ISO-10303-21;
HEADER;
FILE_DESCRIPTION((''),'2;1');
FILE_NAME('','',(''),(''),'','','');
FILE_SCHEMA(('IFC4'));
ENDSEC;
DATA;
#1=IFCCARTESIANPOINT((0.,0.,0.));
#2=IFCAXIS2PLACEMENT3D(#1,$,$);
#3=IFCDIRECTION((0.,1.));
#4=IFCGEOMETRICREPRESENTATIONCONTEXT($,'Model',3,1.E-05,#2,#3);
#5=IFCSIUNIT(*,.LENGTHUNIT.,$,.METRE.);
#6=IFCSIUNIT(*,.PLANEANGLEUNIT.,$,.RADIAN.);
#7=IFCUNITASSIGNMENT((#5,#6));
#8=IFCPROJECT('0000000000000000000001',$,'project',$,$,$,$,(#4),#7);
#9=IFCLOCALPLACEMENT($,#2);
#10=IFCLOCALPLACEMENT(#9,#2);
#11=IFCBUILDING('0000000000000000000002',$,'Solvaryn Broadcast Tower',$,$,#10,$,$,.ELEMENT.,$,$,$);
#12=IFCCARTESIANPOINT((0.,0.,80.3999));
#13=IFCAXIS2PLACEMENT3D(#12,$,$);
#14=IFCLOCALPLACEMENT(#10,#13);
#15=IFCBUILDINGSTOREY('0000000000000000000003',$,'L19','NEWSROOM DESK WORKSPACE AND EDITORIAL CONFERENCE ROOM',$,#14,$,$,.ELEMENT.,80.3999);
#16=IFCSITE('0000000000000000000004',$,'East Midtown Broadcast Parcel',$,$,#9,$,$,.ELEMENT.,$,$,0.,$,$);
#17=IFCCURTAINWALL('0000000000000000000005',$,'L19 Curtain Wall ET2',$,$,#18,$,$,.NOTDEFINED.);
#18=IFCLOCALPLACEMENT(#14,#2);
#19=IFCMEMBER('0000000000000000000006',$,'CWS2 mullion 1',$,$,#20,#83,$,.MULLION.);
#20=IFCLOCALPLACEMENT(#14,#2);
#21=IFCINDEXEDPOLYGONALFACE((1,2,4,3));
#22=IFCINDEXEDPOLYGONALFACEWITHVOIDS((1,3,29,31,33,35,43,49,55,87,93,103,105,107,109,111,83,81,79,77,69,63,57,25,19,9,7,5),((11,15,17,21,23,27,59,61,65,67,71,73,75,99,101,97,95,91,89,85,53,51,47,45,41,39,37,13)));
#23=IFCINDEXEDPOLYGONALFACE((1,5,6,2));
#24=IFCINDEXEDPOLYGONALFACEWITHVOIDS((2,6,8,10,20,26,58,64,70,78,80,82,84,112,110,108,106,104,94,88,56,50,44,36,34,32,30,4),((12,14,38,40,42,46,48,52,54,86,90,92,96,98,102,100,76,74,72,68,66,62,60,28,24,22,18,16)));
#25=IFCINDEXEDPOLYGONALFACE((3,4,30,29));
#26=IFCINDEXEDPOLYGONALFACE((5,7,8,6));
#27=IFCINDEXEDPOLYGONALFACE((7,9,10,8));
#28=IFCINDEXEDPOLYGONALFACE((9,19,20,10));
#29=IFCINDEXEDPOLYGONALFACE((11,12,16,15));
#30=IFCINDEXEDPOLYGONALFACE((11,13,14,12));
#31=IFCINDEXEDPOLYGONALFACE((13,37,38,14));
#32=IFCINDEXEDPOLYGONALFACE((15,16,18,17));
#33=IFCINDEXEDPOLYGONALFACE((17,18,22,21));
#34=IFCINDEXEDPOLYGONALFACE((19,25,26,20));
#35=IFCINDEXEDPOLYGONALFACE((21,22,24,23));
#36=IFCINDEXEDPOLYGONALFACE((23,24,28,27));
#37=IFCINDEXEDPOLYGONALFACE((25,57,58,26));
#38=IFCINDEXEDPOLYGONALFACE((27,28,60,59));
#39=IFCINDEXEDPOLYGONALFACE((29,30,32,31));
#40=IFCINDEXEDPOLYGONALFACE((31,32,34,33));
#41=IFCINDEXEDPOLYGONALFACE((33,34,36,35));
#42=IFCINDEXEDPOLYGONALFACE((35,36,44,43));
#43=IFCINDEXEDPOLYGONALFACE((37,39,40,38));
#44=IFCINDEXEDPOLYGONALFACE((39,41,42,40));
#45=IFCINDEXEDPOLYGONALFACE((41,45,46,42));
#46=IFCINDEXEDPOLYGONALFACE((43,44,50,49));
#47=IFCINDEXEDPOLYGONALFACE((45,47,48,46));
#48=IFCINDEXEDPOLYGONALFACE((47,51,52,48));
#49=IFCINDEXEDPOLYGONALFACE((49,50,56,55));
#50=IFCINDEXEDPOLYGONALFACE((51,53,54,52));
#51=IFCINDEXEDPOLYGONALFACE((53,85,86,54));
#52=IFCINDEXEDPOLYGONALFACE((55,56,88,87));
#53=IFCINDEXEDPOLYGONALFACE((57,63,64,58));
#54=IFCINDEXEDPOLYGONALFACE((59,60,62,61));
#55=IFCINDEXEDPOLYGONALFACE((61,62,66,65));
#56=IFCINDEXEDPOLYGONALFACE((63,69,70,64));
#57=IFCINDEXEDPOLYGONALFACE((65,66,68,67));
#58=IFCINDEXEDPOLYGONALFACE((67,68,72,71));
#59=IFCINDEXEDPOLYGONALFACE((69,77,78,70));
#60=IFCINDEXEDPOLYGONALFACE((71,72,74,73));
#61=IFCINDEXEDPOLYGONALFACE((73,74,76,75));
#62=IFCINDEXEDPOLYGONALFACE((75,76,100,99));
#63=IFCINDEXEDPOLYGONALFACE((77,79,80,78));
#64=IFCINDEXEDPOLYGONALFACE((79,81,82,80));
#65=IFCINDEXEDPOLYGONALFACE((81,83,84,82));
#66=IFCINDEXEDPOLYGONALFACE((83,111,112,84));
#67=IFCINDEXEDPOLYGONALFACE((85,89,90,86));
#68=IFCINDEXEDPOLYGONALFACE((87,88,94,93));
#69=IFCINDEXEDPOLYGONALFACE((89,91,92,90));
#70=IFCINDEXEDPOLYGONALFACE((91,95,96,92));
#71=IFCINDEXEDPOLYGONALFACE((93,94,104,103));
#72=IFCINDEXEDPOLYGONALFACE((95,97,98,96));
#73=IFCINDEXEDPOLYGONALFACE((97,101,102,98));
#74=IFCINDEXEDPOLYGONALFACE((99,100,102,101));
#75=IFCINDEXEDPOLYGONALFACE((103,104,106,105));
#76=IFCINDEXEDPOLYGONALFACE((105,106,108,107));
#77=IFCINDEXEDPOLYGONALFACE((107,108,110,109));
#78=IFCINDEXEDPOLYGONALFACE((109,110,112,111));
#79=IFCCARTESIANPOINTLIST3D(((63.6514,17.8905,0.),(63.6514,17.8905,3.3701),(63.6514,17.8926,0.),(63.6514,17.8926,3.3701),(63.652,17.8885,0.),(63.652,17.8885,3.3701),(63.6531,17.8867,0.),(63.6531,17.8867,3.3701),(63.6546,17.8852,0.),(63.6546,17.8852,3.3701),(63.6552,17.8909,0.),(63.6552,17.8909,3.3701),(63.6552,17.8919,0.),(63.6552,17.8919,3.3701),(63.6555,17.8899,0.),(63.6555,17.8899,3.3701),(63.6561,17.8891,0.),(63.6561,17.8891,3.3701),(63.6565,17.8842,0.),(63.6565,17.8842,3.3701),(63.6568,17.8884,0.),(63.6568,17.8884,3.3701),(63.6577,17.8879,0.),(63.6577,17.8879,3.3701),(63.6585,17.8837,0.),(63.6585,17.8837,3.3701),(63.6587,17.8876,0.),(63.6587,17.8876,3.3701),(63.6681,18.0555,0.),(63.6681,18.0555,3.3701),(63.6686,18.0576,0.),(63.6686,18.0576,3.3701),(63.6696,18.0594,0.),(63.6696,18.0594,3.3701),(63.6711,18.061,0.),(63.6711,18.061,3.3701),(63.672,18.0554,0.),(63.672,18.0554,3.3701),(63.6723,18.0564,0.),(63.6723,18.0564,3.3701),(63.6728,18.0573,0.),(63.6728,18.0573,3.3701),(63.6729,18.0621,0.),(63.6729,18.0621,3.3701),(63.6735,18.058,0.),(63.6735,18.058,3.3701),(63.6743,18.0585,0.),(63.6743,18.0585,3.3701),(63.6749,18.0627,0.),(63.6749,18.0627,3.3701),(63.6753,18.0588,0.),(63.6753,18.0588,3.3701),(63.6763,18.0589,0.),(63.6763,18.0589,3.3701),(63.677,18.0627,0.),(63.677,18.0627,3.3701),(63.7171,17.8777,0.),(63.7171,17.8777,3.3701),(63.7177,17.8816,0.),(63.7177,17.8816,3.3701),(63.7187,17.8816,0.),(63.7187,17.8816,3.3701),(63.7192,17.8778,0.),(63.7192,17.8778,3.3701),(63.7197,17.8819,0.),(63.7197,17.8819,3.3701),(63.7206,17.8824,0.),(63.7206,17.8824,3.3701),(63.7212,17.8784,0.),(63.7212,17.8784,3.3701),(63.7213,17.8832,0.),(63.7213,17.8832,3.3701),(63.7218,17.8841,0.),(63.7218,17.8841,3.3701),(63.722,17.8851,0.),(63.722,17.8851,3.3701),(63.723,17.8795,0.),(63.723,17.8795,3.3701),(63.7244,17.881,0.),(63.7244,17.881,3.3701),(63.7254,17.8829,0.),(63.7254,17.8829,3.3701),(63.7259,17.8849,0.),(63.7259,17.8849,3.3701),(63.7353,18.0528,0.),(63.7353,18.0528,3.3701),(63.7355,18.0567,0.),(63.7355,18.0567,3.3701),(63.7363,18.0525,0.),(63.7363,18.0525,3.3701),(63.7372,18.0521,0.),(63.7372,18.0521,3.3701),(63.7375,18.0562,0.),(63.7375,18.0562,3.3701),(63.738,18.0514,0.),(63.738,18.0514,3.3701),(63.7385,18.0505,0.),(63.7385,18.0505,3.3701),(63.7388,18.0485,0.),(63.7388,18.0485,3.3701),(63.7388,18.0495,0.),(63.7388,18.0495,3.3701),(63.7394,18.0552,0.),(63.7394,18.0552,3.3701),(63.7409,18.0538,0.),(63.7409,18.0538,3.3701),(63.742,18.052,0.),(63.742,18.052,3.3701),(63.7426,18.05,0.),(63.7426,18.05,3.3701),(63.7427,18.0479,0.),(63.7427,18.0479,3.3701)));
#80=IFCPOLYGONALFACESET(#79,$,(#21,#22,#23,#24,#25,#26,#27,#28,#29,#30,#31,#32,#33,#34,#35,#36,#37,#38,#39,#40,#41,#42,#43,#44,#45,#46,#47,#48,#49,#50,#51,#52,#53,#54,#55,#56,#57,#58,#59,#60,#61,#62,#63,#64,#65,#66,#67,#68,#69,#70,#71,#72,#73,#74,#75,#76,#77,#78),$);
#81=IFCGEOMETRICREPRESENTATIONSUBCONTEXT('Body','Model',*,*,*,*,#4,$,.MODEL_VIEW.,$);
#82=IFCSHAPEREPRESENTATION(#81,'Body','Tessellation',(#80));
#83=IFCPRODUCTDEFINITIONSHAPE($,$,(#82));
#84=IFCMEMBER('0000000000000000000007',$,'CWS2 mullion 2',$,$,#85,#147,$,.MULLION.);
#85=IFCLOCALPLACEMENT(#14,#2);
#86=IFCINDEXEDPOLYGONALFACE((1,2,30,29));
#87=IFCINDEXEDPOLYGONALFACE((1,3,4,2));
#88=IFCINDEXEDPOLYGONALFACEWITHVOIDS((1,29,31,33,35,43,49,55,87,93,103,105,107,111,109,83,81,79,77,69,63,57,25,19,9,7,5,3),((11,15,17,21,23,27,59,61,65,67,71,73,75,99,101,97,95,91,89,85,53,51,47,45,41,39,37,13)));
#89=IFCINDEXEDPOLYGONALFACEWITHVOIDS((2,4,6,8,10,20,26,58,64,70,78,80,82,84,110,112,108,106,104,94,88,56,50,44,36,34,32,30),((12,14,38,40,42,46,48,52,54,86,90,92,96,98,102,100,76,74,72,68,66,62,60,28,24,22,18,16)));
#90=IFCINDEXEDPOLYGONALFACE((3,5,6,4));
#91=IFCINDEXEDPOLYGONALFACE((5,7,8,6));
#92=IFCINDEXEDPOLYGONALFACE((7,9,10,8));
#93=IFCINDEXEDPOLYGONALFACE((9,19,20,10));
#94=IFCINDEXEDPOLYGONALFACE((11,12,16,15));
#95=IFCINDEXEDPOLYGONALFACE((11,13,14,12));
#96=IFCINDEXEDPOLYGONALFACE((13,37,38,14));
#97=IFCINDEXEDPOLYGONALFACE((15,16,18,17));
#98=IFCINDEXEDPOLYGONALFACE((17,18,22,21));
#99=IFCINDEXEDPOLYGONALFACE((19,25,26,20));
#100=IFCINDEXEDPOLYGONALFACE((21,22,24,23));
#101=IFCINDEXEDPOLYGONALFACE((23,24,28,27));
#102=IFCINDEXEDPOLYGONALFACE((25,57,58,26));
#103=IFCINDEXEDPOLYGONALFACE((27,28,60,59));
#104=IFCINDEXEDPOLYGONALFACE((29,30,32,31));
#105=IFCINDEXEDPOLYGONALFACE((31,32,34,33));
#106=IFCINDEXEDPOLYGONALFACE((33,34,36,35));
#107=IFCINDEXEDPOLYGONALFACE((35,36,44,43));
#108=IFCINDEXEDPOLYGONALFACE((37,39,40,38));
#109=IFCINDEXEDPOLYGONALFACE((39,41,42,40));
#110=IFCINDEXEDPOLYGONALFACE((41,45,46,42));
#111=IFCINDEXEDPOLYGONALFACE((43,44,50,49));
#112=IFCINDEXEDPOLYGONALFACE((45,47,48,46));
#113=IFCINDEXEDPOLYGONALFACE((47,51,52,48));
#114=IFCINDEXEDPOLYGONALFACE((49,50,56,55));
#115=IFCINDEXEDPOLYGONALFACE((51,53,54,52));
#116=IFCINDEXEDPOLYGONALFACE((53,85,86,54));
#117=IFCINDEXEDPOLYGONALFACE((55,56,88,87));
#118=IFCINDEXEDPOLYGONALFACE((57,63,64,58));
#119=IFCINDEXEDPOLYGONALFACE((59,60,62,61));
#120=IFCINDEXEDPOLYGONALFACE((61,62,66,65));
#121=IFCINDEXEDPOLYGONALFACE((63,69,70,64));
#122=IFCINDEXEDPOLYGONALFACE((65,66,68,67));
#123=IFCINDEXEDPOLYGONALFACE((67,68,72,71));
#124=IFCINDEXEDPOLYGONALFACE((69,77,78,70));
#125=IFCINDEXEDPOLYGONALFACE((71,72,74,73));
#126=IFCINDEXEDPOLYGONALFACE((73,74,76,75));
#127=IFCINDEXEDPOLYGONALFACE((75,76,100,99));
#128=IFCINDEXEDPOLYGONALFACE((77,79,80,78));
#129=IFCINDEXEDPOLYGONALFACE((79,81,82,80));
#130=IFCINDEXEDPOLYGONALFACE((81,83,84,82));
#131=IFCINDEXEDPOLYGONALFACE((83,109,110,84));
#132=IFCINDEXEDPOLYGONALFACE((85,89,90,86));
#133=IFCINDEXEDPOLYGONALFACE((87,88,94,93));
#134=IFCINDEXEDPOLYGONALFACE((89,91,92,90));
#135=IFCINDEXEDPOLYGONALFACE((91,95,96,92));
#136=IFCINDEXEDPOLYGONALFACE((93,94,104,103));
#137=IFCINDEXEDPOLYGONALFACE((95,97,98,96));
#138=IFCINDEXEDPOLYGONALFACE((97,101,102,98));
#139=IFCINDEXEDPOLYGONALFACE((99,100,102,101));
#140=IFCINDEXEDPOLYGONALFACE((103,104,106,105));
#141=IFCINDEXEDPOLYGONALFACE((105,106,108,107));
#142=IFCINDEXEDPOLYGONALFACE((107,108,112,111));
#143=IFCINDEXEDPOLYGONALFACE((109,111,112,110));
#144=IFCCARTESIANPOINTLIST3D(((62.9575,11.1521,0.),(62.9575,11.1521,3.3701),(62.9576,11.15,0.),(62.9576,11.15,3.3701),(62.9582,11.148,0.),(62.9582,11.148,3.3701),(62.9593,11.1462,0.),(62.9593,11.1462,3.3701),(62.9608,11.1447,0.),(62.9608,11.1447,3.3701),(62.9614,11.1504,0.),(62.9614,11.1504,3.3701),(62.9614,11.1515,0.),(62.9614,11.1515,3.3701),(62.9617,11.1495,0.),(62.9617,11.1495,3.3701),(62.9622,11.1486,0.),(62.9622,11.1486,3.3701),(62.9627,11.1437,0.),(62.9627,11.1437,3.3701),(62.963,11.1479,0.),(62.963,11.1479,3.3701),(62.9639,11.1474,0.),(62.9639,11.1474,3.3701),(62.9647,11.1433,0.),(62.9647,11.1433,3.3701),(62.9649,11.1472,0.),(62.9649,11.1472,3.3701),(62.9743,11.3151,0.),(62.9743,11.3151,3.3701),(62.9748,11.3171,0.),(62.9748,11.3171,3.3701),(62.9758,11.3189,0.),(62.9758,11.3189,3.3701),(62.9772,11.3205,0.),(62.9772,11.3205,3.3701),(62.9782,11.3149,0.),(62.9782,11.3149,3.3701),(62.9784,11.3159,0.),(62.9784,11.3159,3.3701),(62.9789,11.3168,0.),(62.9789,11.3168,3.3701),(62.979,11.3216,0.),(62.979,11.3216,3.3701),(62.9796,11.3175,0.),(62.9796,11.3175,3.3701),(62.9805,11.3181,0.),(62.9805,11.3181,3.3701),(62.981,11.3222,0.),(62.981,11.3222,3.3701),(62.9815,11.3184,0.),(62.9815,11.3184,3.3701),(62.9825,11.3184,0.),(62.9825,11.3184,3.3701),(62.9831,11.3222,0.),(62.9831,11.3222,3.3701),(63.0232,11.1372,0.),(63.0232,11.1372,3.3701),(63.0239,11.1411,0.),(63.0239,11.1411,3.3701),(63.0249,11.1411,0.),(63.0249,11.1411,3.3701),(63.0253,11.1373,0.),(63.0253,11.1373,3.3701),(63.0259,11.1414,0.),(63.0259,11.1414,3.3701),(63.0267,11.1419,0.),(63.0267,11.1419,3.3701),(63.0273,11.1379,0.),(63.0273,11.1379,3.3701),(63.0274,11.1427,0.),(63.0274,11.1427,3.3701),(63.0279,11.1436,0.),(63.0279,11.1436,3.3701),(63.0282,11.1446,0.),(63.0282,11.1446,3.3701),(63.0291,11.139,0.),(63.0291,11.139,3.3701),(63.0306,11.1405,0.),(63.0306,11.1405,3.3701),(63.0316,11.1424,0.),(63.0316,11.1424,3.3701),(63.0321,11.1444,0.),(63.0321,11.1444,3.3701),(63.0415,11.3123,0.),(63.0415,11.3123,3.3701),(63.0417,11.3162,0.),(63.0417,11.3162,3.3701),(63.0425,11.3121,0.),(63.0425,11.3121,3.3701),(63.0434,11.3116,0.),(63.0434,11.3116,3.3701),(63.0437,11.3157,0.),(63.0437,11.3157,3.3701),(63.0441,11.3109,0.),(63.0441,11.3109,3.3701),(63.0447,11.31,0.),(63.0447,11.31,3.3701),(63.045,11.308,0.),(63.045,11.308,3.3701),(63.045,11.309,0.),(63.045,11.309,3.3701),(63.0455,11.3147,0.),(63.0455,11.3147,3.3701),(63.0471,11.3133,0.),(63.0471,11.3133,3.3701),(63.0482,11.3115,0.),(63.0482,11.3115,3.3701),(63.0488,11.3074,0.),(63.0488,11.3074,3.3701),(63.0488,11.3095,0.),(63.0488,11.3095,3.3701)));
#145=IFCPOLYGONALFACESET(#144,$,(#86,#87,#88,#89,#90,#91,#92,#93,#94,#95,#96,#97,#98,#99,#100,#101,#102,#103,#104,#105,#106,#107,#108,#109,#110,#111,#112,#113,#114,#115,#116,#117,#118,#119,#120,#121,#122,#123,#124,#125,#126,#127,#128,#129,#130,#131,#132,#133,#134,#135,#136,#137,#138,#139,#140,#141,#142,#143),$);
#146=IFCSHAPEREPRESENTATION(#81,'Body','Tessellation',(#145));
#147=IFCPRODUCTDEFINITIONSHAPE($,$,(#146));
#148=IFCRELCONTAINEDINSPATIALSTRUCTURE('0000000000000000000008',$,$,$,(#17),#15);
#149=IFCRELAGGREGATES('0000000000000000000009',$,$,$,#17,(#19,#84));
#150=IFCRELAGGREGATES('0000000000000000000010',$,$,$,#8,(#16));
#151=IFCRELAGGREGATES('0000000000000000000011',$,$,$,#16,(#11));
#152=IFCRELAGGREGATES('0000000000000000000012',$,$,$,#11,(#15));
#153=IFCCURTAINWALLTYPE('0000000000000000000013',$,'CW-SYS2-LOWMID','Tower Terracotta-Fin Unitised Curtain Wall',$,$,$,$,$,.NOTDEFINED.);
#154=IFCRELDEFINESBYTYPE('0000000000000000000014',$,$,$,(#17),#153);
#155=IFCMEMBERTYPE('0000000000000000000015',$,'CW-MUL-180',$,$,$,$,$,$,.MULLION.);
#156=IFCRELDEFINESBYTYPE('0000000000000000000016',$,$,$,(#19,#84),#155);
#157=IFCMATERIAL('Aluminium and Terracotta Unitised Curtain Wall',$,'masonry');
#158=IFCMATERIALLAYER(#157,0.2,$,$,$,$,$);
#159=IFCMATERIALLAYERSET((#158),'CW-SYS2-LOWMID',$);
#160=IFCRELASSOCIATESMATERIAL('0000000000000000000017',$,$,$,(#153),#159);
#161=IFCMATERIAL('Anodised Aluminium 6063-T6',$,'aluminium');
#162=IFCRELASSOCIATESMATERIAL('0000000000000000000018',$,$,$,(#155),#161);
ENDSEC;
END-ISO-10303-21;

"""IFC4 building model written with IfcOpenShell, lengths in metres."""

from ifc_helpers import new_model, si_unit, direction, frame, origin, origin_2d, place, context, subcontext, project, spatial, hollow_rectangle, extrude, material, layer, layer_set, material_profile, profile_set, type_object, element, aggregate, save


model = new_model("IFC4")

# Units and contexts
model_context = context("Model", 3, precision=1e-05, world=origin(), true_north=direction((0.0, 1.0)))
body_context = subcontext(model_context, "Body", "Model", "MODEL_VIEW")
ifc_project = project(units=[si_unit("LENGTHUNIT", "METRE"), si_unit("PLANEANGLEUNIT", "RADIAN")], contexts=[model_context])

# Site, building, storey
site_placement = place(None, origin())
site = spatial("IfcSite", under=ifc_project, at=site_placement, Name="East Midtown Broadcast Parcel", CompositionType="ELEMENT", RefElevation=0.0)
building_placement = place(site_placement, origin())
building = spatial("IfcBuilding", under=site, at=building_placement, Name="Solvaryn Broadcast Tower", CompositionType="ELEMENT")
storey_placement = place(building_placement, frame((0.0, 0.0, 80.3999)))
storey = spatial("IfcBuildingStorey", under=building, at=storey_placement, Name="L19", Description="NEWSROOM DESK WORKSPACE AND EDITORIAL CONFERENCE ROOM", CompositionType="ELEMENT", Elevation=80.3999)

# Shared definitions
ifc_material_1 = material(Name="Aluminium and Terracotta Unitised Curtain Wall", Category="masonry")
ifc_layer_1 = layer(ifc_material_1, 0.2)
ifc_layer_set_1 = layer_set([ifc_layer_1], Name="CW-SYS2-LOWMID")
curtain_wall_type = type_object("IfcCurtainWallType", Name="CW-SYS2-LOWMID", Description="Tower Terracotta-Fin Unitised Curtain Wall", PredefinedType="NOTDEFINED", material=ifc_layer_set_1)
ifc_material_2 = material(Name="Anodised Aluminium 6063-T6", Category="aluminium")
ifc_material_profile_1 = material_profile(ifc_material_2, hollow_rectangle(XDim=0.075, YDim=0.1799, WallThickness=0.0039, InnerFilletRadius=0.0039, OuterFilletRadius=0.0081, at=origin_2d()))
ifc_profile_set_1 = profile_set([ifc_material_profile_1], Name="Anodised Aluminium 6063-T6")
member_type_1 = type_object("IfcMemberType", Name="CW-MUL-180", PredefinedType="MULLION", material=ifc_profile_set_1)

# Curtain wall, members
curtain_wall_1_placement = place(storey_placement, origin())
curtain_wall_1 = element("IfcCurtainWall", 1, at=curtain_wall_1_placement, inside=storey, type_object=curtain_wall_type, Name="L19 Curtain Wall ET2", PredefinedType="NOTDEFINED")
member_1_placement = place(storey_placement, frame((63.697, 17.9702, 0.0), z_axis=(0.0, 0.0, 1.0), x_axis=(0.994743, -0.1024, 0.0)))
member_1 = element("IfcMember", 2, at=member_1_placement, type_object=member_type_1, Name="CWS2 mullion 1", PredefinedType="MULLION", context=body_context, shape_type="SweptSolid", body=[
    extrude(hollow_rectangle(XDim=0.075, YDim=0.1799, WallThickness=0.0039, InnerFilletRadius=0.0039, OuterFilletRadius=0.0081, at=origin_2d()), origin(), (0.0, 0.0, 1.0), 3.3701),
])
member_2_placement = place(storey_placement, frame((63.0032, 11.2297, 0.0), z_axis=(0.0, 0.0, 1.0), x_axis=(0.994743, -0.1024, 0.0)))
member_2 = element("IfcMember", 3, at=member_2_placement, type_object=member_type_1, Name="CWS2 mullion 2", PredefinedType="MULLION", context=body_context, shape_type="SweptSolid", body=[
    extrude(hollow_rectangle(XDim=0.075, YDim=0.1799, WallThickness=0.0039, InnerFilletRadius=0.0039, OuterFilletRadius=0.0081, at=origin_2d()), origin(), (0.0, 0.0, 1.0), 3.3701),
])
aggregate(curtain_wall_1, [member_1, member_2])

save(model, "model.ifc")
